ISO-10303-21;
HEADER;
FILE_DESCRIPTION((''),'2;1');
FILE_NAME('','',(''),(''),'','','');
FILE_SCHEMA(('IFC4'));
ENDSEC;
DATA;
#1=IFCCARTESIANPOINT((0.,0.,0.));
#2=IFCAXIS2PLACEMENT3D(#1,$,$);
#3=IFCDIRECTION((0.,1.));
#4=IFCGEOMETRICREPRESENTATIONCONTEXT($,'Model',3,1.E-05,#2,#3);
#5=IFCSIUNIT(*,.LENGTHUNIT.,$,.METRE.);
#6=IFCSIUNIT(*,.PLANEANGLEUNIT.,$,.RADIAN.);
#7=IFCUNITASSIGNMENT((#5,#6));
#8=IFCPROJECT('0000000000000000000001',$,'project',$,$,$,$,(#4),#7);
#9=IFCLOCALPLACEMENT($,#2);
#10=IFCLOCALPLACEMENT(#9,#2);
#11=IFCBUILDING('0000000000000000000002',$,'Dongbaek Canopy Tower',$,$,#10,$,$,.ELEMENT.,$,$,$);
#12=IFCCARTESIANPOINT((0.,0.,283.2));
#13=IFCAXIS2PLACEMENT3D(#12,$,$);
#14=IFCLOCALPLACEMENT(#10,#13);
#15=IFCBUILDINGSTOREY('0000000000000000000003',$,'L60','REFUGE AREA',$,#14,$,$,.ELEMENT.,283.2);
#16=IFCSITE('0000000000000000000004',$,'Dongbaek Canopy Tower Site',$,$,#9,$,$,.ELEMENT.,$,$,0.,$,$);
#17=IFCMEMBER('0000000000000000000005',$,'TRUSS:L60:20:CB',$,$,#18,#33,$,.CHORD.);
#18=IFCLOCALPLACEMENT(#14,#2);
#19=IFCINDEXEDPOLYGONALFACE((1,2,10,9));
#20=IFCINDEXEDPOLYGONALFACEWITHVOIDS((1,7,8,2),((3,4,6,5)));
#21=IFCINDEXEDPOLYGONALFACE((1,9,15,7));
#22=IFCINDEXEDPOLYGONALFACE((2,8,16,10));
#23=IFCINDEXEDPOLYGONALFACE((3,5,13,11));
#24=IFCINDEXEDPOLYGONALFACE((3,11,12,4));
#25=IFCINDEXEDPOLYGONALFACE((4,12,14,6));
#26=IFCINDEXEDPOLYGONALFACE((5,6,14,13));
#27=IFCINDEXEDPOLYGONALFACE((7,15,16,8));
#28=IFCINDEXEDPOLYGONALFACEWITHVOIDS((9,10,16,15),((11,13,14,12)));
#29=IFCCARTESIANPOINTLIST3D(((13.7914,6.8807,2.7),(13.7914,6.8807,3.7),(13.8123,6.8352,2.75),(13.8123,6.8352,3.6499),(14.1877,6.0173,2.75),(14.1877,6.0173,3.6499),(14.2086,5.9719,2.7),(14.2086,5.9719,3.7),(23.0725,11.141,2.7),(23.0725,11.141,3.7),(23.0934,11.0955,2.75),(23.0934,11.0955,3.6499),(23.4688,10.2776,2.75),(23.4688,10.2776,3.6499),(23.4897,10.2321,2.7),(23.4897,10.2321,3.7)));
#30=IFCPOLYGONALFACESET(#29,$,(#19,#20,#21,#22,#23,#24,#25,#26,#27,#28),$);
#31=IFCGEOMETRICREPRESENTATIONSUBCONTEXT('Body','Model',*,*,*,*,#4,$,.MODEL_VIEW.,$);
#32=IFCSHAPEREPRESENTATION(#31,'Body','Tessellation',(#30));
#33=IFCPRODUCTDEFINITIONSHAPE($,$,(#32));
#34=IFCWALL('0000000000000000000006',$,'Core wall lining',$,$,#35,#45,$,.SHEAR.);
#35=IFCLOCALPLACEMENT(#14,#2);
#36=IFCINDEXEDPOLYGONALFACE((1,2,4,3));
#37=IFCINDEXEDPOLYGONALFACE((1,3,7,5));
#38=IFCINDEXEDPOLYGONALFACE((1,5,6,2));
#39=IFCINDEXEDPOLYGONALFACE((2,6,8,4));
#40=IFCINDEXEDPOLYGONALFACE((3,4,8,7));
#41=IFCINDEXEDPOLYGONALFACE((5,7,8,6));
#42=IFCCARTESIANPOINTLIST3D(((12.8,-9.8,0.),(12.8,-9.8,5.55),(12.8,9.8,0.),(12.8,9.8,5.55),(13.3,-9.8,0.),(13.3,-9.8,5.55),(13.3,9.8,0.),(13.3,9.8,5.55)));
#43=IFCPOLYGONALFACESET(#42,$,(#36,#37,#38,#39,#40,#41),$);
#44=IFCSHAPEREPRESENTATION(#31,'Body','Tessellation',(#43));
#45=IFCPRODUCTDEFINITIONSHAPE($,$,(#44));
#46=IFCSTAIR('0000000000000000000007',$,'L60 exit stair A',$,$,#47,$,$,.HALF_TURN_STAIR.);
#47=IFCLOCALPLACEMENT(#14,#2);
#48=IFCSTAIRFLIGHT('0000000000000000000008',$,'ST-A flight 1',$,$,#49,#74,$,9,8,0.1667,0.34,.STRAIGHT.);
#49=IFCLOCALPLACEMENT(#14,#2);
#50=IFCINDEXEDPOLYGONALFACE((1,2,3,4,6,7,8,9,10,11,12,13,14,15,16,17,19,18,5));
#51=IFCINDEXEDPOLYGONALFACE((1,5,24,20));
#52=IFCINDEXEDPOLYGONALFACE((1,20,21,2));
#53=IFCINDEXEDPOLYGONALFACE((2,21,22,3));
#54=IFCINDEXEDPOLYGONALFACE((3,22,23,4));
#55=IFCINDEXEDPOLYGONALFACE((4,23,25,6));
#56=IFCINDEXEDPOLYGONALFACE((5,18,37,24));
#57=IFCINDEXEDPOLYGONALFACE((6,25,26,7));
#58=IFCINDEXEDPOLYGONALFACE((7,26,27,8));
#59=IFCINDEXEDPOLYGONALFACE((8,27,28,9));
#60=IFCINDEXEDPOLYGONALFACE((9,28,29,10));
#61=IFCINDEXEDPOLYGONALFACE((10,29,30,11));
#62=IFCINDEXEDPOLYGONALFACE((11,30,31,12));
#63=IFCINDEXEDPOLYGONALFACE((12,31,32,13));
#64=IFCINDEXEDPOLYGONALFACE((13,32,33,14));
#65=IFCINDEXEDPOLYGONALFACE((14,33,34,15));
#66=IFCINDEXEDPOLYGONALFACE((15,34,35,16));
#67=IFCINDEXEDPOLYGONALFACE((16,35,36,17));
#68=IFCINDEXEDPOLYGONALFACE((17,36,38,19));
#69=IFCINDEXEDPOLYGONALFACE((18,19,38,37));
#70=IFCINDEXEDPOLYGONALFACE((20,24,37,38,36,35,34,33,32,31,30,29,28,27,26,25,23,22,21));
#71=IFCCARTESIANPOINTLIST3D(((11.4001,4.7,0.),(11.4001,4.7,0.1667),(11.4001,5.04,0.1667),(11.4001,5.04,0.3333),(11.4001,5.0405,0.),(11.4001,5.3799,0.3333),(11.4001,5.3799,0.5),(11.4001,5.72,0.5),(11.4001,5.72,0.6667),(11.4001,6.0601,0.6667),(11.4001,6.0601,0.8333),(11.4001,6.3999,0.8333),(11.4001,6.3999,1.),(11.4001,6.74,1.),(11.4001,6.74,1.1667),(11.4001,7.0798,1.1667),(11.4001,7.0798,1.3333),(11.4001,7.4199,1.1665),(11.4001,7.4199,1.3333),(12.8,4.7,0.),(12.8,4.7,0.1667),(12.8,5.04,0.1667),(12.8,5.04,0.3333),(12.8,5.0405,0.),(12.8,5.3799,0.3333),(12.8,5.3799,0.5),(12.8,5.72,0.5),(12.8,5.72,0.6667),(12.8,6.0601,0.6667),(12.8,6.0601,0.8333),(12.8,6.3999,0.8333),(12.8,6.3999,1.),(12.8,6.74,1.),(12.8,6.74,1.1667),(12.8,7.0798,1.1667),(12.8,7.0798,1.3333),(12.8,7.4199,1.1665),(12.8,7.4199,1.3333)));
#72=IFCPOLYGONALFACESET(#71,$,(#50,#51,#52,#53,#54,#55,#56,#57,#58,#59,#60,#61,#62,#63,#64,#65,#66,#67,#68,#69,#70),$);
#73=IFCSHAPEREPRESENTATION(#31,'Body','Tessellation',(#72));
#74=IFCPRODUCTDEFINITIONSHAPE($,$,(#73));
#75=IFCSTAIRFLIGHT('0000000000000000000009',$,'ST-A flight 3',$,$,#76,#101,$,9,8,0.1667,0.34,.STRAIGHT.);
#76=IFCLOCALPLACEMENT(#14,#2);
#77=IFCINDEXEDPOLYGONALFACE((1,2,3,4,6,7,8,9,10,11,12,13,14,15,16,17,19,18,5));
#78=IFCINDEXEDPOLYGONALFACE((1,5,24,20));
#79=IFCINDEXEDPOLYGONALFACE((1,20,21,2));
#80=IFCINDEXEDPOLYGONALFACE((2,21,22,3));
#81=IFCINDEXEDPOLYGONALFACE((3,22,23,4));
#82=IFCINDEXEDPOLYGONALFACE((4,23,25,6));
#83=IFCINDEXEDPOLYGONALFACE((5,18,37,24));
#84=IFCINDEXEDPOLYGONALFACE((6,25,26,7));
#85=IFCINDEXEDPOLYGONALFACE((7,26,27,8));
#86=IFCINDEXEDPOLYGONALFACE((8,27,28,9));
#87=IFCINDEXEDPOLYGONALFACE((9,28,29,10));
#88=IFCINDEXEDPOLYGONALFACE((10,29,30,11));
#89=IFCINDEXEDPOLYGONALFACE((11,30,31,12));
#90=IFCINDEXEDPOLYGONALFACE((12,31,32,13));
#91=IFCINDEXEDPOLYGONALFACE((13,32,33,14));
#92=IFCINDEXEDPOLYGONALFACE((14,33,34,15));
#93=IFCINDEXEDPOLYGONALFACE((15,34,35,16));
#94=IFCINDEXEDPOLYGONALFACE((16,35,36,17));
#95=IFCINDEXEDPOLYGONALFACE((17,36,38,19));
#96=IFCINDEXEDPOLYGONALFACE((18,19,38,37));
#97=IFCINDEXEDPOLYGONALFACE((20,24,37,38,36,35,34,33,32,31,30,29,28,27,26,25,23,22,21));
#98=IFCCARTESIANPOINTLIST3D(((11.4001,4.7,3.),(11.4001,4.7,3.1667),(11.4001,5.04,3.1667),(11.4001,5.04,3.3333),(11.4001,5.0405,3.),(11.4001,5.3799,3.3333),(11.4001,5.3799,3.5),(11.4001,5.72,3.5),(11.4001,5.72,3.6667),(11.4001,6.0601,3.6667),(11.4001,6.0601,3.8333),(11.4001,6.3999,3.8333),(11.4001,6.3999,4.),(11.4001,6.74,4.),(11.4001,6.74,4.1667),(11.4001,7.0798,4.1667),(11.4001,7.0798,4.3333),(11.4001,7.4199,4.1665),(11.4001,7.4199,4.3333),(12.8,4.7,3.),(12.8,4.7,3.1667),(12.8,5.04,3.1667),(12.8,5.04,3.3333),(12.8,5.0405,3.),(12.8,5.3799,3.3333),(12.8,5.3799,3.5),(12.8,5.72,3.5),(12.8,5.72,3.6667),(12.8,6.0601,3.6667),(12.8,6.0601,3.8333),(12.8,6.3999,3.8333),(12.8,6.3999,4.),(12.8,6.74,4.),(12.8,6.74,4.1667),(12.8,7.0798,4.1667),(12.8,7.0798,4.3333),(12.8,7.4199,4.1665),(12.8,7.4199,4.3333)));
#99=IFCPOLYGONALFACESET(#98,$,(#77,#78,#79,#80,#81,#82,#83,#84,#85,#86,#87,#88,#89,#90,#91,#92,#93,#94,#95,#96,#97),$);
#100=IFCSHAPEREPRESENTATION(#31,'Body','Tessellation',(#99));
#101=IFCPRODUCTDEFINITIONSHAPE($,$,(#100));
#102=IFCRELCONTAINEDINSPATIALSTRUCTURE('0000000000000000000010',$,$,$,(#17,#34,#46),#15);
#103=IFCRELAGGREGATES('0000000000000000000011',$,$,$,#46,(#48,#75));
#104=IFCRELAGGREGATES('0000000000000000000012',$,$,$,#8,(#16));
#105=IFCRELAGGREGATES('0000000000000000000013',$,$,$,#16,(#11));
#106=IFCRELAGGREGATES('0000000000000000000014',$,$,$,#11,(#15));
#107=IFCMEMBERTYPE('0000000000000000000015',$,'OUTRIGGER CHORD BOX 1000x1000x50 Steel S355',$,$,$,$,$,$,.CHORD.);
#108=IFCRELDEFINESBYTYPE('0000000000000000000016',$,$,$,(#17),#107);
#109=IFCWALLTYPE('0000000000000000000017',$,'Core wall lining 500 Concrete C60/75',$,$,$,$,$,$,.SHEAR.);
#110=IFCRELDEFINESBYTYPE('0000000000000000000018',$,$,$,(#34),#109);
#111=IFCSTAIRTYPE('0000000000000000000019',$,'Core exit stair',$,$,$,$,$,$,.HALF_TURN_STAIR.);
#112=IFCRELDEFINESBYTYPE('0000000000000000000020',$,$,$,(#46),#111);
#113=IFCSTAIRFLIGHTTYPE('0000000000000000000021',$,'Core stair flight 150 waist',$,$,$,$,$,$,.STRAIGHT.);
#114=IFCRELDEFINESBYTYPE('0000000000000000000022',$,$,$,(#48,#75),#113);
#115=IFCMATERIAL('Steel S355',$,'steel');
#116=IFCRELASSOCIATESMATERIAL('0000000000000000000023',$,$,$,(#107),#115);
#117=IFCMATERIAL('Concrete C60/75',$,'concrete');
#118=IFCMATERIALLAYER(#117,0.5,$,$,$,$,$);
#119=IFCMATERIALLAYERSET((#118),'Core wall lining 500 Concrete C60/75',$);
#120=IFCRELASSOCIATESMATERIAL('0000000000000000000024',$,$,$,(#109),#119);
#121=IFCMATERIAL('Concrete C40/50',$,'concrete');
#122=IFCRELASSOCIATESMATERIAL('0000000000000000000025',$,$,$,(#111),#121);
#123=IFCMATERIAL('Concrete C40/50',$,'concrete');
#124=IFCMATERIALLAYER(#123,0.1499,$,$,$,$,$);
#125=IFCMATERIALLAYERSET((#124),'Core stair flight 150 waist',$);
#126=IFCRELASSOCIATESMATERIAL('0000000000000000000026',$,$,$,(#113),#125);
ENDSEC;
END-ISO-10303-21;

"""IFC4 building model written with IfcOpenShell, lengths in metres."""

from ifc_helpers import new_model, si_unit, direction, frame, frame_2d, origin, origin_2d, place, context, subcontext, project, spatial, polyline, rectangle, hollow_rectangle, outline, extrude, material, layer, layer_set, material_profile, profile_set, type_object, element, aggregate, save


model = new_model("IFC4")

# Units and contexts
model_context = context("Model", 3, precision=1e-05, world=origin(), true_north=direction((0.0, 1.0)))
body_context = subcontext(model_context, "Body", "Model", "MODEL_VIEW")
ifc_project = project(units=[si_unit("LENGTHUNIT", "METRE"), si_unit("PLANEANGLEUNIT", "RADIAN")], contexts=[model_context])

# Site, building, storey
site_placement = place(None, origin())
site = spatial("IfcSite", under=ifc_project, at=site_placement, Name="Dongbaek Canopy Tower Site", CompositionType="ELEMENT", RefElevation=0.0)
building_placement = place(site_placement, origin())
building = spatial("IfcBuilding", under=site, at=building_placement, Name="Dongbaek Canopy Tower", CompositionType="ELEMENT")
storey_placement = place(building_placement, frame((0.0, 0.0, 283.2)))
storey = spatial("IfcBuildingStorey", under=building, at=storey_placement, Name="L60", Description="REFUGE AREA", CompositionType="ELEMENT", Elevation=283.2)

# Member
ifc_material_1 = material(Name="Steel S355", Category="steel")
ifc_material_profile = material_profile(ifc_material_1, hollow_rectangle(XDim=1.0, YDim=1.0, WallThickness=0.05, at=origin_2d()), Name="OUTRIGGER CHORD BOX 1000x1000x50 Steel S355")
ifc_profile_set = profile_set([ifc_material_profile], Name="Steel S355")
member_type = type_object("IfcMemberType", Name="OUTRIGGER CHORD BOX 1000x1000x50 Steel S355", PredefinedType="CHORD", material=ifc_profile_set)
member_placement = place(storey_placement, frame((14.0, 6.4263, 3.2), z_axis=(0.908825, 0.417177, 0.0), x_axis=(-0.417177, 0.908825, 0.0)))
element("IfcMember", 1, at=member_placement, inside=storey, type_object=member_type, Name="TRUSS:L60:20:CB", PredefinedType="CHORD", context=body_context, shape_type="SweptSolid", body=[
    extrude(hollow_rectangle(XDim=1.0, YDim=1.0, WallThickness=0.05, at=origin_2d()), origin(), (0.0, 0.0, 1.0), 10.2122),
])

# Wall
ifc_material_2 = material(Name="Concrete C60/75", Category="concrete")
ifc_layer_1 = layer(ifc_material_2, 0.5)
ifc_layer_set_1 = layer_set([ifc_layer_1], Name="Core wall lining 500 Concrete C60/75")
wall_type = type_object("IfcWallType", Name="Core wall lining 500 Concrete C60/75", PredefinedType="SHEAR", material=ifc_layer_set_1)
wall_placement = place(storey_placement, frame((13.05, 9.8, 0.0), z_axis=(0.0, 0.0, 1.0), x_axis=(0.0, -1.0, 0.0)))
element("IfcWall", 2, at=wall_placement, inside=storey, type_object=wall_type, Name="Core wall lining", PredefinedType="SHEAR", context=body_context, shape_type="SweptSolid", body=[
    extrude(rectangle(XDim=19.6001, YDim=0.5, at=frame_2d((9.8, 0.0))), origin(), (0.0, 0.0, 1.0), 5.55),
])

# Stair, stair flights
ifc_material_3 = material(Name="Concrete C40/50", Category="concrete")
stair_type = type_object("IfcStairType", Name="Core exit stair", PredefinedType="HALF_TURN_STAIR", material=ifc_material_3)
stair_placement = place(storey_placement, origin())
stair = element("IfcStair", 3, at=stair_placement, inside=storey, type_object=stair_type, Name="L60 exit stair A", PredefinedType="HALF_TURN_STAIR")
ifc_material_4 = material(Name="Concrete C40/50", Category="concrete")
ifc_layer_2 = layer(ifc_material_4, 0.1499)
ifc_layer_set_2 = layer_set([ifc_layer_2], Name="Core stair flight 150 waist")
stair_flight_type = type_object("IfcStairFlightType", Name="Core stair flight 150 waist", PredefinedType="STRAIGHT", material=ifc_layer_set_2)
stair_flight_1_placement = place(storey_placement, frame((12.1001, 4.7, 0.0), z_axis=(0.0, 0.0, 1.0), x_axis=(0.0, 1.0, 0.0)))
stair_flight_1 = element("IfcStairFlight", 4, at=stair_flight_1_placement, type_object=stair_flight_type, Name="ST-A flight 1", NumberOfRisers=9, NumberOfTreads=8, PredefinedType="STRAIGHT", RiserHeight=0.1667, TreadLength=0.34, context=body_context, shape_type="SweptSolid", body=[
    extrude(outline(polyline([(0.0, 0.0), (0.0, 0.1667), (0.3401, 0.1667), (0.3401, 0.3333), (0.6799, 0.3333), (0.6799, 0.5), (1.02, 0.5), (1.02, 0.6667), (1.3601, 0.6667), (1.3601, 0.8333), (1.7, 0.8333), (1.7, 1.0), (2.04, 1.0), (2.04, 1.1667), (2.3799, 1.1667), (2.3799, 1.3333), (2.72, 1.3333), (2.72, 1.5), (2.72, 1.1665), (0.3406, 0.0), (0.0, 0.0)])), frame((0.0, 0.7, 0.0), z_axis=(0.0, -1.0, 0.0), x_axis=(1.0, 0.0, 0.0)), (0.0, 0.0, 1.0), 1.3999),
])
stair_flight_2_placement = place(storey_placement, frame((12.1001, 4.7, 3.0), z_axis=(0.0, 0.0, 1.0), x_axis=(0.0, 1.0, 0.0)))
stair_flight_2 = element("IfcStairFlight", 5, at=stair_flight_2_placement, type_object=stair_flight_type, Name="ST-A flight 3", NumberOfRisers=9, NumberOfTreads=8, PredefinedType="STRAIGHT", RiserHeight=0.1667, TreadLength=0.34, context=body_context, shape_type="SweptSolid", body=[
    extrude(outline(polyline([(0.0, 0.0), (0.0, 0.1667), (0.3401, 0.1667), (0.3401, 0.3333), (0.6799, 0.3333), (0.6799, 0.5), (1.02, 0.5), (1.02, 0.6667), (1.3601, 0.6667), (1.3601, 0.8333), (1.7, 0.8333), (1.7, 1.0), (2.04, 1.0), (2.04, 1.1667), (2.3799, 1.1667), (2.3799, 1.3333), (2.72, 1.3333), (2.72, 1.5), (2.72, 1.1665), (0.3406, 0.0), (0.0, 0.0)])), frame((0.0, 0.7, 0.0), z_axis=(0.0, -1.0, 0.0), x_axis=(1.0, 0.0, 0.0)), (0.0, 0.0, 1.0), 1.3999),
])
aggregate(stair, [stair_flight_1, stair_flight_2])

save(model, "model.ifc")
